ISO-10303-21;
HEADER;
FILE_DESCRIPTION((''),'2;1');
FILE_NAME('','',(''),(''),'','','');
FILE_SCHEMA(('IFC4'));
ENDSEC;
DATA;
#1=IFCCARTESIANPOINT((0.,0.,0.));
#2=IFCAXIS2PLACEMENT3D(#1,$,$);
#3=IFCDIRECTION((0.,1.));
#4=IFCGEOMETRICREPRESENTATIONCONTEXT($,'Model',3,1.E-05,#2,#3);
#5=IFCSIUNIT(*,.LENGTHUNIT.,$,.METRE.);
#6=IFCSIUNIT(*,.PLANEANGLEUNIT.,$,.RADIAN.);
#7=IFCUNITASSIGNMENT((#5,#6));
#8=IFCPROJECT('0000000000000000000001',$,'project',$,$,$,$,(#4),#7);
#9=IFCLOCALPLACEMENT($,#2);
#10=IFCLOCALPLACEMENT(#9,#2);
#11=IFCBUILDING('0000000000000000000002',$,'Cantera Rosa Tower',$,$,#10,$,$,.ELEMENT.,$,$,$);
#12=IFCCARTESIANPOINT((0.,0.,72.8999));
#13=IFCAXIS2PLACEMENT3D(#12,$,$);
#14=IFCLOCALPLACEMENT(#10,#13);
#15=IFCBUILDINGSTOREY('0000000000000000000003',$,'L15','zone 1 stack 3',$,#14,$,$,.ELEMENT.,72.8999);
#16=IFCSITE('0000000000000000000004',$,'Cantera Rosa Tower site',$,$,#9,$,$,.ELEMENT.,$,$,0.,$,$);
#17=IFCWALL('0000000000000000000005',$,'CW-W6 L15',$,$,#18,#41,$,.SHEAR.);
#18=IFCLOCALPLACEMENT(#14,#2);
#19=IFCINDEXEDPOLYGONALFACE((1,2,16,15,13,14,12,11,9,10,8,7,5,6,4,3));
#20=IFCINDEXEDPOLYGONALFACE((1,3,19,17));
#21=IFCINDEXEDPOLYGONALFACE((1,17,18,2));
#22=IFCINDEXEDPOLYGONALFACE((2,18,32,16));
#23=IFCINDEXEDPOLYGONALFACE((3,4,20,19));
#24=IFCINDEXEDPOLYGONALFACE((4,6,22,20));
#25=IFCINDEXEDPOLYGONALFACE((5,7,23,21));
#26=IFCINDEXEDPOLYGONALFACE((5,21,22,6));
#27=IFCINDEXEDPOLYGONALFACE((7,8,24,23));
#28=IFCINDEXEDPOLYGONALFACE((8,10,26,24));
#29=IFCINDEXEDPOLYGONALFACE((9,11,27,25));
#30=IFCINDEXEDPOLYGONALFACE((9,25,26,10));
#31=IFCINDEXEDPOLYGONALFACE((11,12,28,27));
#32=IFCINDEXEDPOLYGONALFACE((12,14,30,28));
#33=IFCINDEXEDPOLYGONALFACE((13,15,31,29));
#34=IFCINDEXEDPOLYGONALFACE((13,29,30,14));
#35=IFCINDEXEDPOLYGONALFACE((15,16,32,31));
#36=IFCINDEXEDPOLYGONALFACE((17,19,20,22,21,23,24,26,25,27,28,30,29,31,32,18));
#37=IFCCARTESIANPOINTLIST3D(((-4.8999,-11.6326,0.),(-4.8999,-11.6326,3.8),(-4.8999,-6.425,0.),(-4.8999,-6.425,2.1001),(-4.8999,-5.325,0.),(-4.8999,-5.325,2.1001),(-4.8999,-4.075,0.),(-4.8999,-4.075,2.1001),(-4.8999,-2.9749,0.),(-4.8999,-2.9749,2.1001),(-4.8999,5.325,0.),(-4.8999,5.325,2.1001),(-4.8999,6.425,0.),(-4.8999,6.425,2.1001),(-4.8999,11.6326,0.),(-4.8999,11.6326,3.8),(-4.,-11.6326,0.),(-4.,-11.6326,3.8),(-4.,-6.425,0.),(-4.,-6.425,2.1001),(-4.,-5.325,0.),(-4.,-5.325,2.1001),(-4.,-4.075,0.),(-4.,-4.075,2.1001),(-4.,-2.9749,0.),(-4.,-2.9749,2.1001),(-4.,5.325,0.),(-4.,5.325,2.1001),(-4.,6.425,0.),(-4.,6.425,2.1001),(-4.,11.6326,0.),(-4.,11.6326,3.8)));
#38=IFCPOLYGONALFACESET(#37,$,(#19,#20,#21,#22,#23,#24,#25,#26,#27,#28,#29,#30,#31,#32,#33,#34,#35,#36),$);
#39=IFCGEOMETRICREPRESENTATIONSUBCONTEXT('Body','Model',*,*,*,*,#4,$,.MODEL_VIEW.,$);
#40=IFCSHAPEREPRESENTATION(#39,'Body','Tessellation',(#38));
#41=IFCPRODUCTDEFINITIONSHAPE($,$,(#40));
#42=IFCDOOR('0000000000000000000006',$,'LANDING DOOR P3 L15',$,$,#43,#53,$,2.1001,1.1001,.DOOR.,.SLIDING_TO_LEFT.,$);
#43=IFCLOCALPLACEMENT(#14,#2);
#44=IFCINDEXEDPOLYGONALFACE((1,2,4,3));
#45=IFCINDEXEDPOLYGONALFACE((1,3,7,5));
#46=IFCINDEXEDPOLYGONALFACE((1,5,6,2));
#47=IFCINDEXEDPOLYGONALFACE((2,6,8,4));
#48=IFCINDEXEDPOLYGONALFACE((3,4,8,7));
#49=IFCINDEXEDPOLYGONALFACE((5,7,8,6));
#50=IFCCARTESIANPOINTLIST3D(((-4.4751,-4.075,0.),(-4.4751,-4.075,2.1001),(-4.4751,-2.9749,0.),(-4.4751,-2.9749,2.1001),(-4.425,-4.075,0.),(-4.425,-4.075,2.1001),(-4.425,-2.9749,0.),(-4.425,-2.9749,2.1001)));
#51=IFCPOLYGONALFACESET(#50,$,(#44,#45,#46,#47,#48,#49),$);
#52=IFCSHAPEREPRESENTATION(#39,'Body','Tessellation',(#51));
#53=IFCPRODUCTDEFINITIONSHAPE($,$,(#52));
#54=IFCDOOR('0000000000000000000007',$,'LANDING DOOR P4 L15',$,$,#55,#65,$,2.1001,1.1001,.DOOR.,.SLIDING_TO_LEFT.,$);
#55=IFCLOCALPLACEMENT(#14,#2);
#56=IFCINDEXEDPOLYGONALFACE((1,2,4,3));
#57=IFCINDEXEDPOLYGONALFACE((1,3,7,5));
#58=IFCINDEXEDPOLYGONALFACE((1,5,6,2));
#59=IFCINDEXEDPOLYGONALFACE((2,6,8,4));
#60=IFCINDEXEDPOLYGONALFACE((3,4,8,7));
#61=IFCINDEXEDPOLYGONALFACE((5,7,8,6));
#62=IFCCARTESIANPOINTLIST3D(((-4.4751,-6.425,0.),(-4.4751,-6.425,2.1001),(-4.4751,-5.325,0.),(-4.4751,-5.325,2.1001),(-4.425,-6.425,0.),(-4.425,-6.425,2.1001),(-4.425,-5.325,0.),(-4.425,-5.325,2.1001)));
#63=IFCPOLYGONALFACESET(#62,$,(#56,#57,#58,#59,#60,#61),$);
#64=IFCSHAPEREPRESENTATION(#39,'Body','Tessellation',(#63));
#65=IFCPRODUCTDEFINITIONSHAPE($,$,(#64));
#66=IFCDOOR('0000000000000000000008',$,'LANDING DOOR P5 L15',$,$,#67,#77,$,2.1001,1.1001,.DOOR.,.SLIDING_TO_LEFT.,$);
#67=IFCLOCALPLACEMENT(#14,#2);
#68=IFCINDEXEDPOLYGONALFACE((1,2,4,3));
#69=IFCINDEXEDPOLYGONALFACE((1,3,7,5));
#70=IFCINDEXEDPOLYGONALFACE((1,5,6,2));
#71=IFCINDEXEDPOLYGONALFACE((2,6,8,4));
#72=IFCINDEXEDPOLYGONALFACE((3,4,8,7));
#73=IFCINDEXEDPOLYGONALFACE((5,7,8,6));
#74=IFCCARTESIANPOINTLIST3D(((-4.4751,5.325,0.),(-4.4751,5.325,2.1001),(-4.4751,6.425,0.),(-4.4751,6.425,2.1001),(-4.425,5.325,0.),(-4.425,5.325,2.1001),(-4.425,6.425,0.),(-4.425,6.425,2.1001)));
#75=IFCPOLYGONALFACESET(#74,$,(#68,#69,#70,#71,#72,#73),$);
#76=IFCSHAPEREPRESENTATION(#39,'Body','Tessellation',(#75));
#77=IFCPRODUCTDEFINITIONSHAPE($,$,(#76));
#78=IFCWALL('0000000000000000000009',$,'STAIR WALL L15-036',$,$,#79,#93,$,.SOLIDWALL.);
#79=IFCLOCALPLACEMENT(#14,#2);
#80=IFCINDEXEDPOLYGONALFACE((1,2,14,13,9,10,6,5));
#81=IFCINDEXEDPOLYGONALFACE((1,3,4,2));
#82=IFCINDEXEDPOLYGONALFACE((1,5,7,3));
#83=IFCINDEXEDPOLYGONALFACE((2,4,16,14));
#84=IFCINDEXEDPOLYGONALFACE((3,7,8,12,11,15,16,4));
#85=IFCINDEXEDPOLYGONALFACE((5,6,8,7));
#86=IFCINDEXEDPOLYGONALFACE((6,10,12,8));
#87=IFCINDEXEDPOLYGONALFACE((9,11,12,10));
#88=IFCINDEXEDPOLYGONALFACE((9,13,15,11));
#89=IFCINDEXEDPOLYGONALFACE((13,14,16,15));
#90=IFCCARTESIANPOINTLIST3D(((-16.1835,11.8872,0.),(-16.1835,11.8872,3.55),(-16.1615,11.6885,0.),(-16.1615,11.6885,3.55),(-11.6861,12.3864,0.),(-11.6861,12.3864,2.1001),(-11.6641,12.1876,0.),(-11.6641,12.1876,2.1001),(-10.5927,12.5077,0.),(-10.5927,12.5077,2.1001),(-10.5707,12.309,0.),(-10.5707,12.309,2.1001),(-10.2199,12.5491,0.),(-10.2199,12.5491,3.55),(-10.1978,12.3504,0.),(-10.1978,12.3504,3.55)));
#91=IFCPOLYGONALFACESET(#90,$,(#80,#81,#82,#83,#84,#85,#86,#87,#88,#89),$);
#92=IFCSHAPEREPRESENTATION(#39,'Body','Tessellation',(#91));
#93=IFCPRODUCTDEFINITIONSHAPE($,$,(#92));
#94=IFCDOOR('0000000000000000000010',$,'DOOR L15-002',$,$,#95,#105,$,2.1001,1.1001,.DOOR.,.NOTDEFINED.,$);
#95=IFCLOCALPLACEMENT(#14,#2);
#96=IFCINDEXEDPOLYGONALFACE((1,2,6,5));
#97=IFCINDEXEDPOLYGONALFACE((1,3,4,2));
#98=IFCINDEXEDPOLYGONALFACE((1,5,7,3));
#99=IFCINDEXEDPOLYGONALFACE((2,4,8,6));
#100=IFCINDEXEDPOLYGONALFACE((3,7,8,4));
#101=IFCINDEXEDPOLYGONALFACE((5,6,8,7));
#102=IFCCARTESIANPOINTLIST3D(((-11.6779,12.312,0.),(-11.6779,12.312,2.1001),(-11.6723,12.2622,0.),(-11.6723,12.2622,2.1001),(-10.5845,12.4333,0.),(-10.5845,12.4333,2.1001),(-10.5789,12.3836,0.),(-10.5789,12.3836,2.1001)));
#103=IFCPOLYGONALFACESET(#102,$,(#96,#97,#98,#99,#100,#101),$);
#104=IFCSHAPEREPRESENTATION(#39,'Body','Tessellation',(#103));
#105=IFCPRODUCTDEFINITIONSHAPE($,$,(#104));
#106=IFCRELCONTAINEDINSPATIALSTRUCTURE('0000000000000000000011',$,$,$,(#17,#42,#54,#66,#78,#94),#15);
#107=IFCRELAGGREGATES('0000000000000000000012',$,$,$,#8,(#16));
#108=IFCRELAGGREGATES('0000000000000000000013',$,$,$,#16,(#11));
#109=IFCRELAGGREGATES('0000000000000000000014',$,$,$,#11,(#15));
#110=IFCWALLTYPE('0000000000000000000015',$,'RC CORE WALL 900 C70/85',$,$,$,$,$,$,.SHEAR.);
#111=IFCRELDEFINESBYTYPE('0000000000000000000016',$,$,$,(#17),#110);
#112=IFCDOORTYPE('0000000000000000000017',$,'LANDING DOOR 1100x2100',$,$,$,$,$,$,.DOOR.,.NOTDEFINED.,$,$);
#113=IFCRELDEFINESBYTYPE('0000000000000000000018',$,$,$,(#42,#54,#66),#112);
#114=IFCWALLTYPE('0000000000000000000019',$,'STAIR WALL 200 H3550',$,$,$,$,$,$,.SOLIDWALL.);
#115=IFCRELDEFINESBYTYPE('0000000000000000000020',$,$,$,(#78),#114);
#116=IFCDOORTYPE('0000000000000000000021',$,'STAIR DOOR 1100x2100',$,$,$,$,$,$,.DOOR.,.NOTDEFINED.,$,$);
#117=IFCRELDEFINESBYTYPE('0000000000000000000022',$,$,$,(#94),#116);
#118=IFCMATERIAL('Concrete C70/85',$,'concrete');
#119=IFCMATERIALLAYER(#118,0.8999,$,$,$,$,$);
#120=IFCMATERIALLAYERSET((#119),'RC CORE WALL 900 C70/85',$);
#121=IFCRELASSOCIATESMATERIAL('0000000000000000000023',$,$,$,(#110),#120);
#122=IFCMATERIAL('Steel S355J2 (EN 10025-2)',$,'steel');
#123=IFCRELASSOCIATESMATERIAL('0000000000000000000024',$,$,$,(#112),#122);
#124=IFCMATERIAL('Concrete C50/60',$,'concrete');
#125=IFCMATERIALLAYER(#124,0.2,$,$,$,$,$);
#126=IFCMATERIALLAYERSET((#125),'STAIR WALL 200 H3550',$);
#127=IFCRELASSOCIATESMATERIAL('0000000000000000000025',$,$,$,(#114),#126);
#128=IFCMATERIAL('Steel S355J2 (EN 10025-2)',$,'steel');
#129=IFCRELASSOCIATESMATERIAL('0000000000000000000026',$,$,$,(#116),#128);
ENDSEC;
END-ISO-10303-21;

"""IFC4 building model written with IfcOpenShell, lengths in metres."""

from ifc_helpers import new_model, si_unit, direction, frame, frame_2d, origin, place, context, subcontext, project, spatial, rectangle, extrude, material, layer, layer_set, type_object, element, fill, save


model = new_model("IFC4")

# Units and contexts
model_context = context("Model", 3, precision=1e-05, world=origin(), true_north=direction((0.0, 1.0)))
body_context = subcontext(model_context, "Body", "Model", "MODEL_VIEW")
ifc_project = project(units=[si_unit("LENGTHUNIT", "METRE"), si_unit("PLANEANGLEUNIT", "RADIAN")], contexts=[model_context])

# Site, building, storey
site_placement = place(None, origin())
site = spatial("IfcSite", under=ifc_project, at=site_placement, Name="Cantera Rosa Tower site", CompositionType="ELEMENT", RefElevation=0.0)
building_placement = place(site_placement, origin())
building = spatial("IfcBuilding", under=site, at=building_placement, Name="Cantera Rosa Tower", CompositionType="ELEMENT")
storey_placement = place(building_placement, frame((0.0, 0.0, 72.8999)))
storey = spatial("IfcBuildingStorey", under=building, at=storey_placement, Name="L15", Description="zone 1 stack 3", CompositionType="ELEMENT", Elevation=72.8999)

# Wall, openings, doors
ifc_material_1 = material(Name="Concrete C70/85", Category="concrete")
ifc_layer_1 = layer(ifc_material_1, 0.8999)
ifc_layer_set_1 = layer_set([ifc_layer_1], Name="RC CORE WALL 900 C70/85")
wall_type_1 = type_object("IfcWallType", Name="RC CORE WALL 900 C70/85", PredefinedType="SHEAR", material=ifc_layer_set_1)
wall_1_placement = place(storey_placement, frame((-4.45, 11.6326, 0.0), z_axis=(0.0, 0.0, 1.0), x_axis=(0.0, -1.0, 0.0)))
wall_1 = element("IfcWall", 1, at=wall_1_placement, inside=storey, type_object=wall_type_1, Name="CW-W6 L15", PredefinedType="SHEAR", context=body_context, shape_type="SweptSolid", body=[
    extrude(rectangle(XDim=23.2651, YDim=0.8999, at=frame_2d((11.6326, 0.0))), origin(), (0.0, 0.0, 1.0), 3.8),
])
opening_1_placement = place(wall_1_placement, frame((14.6074, 0.0, 0.0)))
opening_1 = element("IfcOpeningElement", 2, at=opening_1_placement, cuts=wall_1, PredefinedType="OPENING", context=body_context, shape_type="SweptSolid", body=[
    extrude(rectangle(XDim=1.1001, YDim=2.1001, at=frame_2d((0.55, 1.05))), frame((0.0, 0.46, 0.0), z_axis=(0.0, -1.0, 0.0), x_axis=(1.0, 0.0, 0.0)), (0.0, 0.0, 1.0), 0.9199),
])
opening_2_placement = place(wall_1_placement, frame((16.9575, 0.0, 0.0)))
opening_2 = element("IfcOpeningElement", 3, at=opening_2_placement, cuts=wall_1, PredefinedType="OPENING", context=body_context, shape_type="SweptSolid", body=[
    extrude(rectangle(XDim=1.1001, YDim=2.1001, at=frame_2d((0.55, 1.05))), frame((0.0, 0.46, 0.0), z_axis=(0.0, -1.0, 0.0), x_axis=(1.0, 0.0, 0.0)), (0.0, 0.0, 1.0), 0.9199),
])
opening_3_placement = place(wall_1_placement, frame((5.2075, 0.0, 0.0)))
opening_3 = element("IfcOpeningElement", 4, at=opening_3_placement, cuts=wall_1, PredefinedType="OPENING", context=body_context, shape_type="SweptSolid", body=[
    extrude(rectangle(XDim=1.1001, YDim=2.1001, at=frame_2d((0.55, 1.05))), frame((0.0, 0.46, 0.0), z_axis=(0.0, -1.0, 0.0), x_axis=(1.0, 0.0, 0.0)), (0.0, 0.0, 1.0), 0.9199),
])
ifc_material_2 = material(Name="Steel S355J2 (EN 10025-2)", Category="steel")
door_type_1 = type_object("IfcDoorType", Name="LANDING DOOR 1100x2100", OperationType="NOTDEFINED", PredefinedType="DOOR", material=ifc_material_2)
door_1_placement = place(opening_1_placement, origin())
door_1 = element("IfcDoor", 5, at=door_1_placement, inside=storey, type_object=door_type_1, Name="LANDING DOOR P3 L15", OperationType="SLIDING_TO_LEFT", OverallHeight=2.1001, OverallWidth=1.1001, PredefinedType="DOOR", context=body_context, shape_type="SweptSolid", body=[
    extrude(rectangle(XDim=1.1001, YDim=2.1001, at=frame_2d((0.55, 1.05))), frame((0.0, 0.0249, 0.0), z_axis=(0.0, -1.0, 0.0), x_axis=(1.0, 0.0, 0.0)), (0.0, 0.0, 1.0), 0.05),
])
fill(opening_1, door_1)
door_2_placement = place(opening_2_placement, origin())
door_2 = element("IfcDoor", 6, at=door_2_placement, inside=storey, type_object=door_type_1, Name="LANDING DOOR P4 L15", OperationType="SLIDING_TO_LEFT", OverallHeight=2.1001, OverallWidth=1.1001, PredefinedType="DOOR", context=body_context, shape_type="SweptSolid", body=[
    extrude(rectangle(XDim=1.1001, YDim=2.1001, at=frame_2d((0.55, 1.05))), frame((0.0, 0.0249, 0.0), z_axis=(0.0, -1.0, 0.0), x_axis=(1.0, 0.0, 0.0)), (0.0, 0.0, 1.0), 0.05),
])
fill(opening_2, door_2)
door_3_placement = place(opening_3_placement, origin())
door_3 = element("IfcDoor", 7, at=door_3_placement, inside=storey, type_object=door_type_1, Name="LANDING DOOR P5 L15", OperationType="SLIDING_TO_LEFT", OverallHeight=2.1001, OverallWidth=1.1001, PredefinedType="DOOR", context=body_context, shape_type="SweptSolid", body=[
    extrude(rectangle(XDim=1.1001, YDim=2.1001, at=frame_2d((0.55, 1.05))), frame((0.0, 0.0249, 0.0), z_axis=(0.0, -1.0, 0.0), x_axis=(1.0, 0.0, 0.0)), (0.0, 0.0, 1.0), 0.05),
])
fill(opening_3, door_3)

# Wall, opening, door
ifc_material_3 = material(Name="Concrete C50/60", Category="concrete")
ifc_layer_2 = layer(ifc_material_3, 0.2)
ifc_layer_set_2 = layer_set([ifc_layer_2], Name="STAIR WALL 200 H3550")
wall_type_2 = type_object("IfcWallType", Name="STAIR WALL 200 H3550", PredefinedType="SOLIDWALL", material=ifc_layer_set_2)
wall_2_placement = place(storey_placement, frame((-10.209, 12.4497, 0.0), z_axis=(0.0, 0.0, 1.0), x_axis=(-0.993898, -0.110306, 0.0)))
wall_2 = element("IfcWall", 8, at=wall_2_placement, inside=storey, type_object=wall_type_2, Name="STAIR WALL L15-036", PredefinedType="SOLIDWALL", context=body_context, shape_type="SweptSolid", body=[
    extrude(rectangle(XDim=6.0002, YDim=0.2, at=frame_2d((3.0, 0.0))), origin(), (0.0, 0.0, 1.0), 3.55),
])
opening_4_placement = place(wall_2_placement, frame((0.375, 0.0, 0.0)))
opening_4 = element("IfcOpeningElement", 9, at=opening_4_placement, cuts=wall_2, PredefinedType="OPENING", context=body_context, shape_type="SweptSolid", body=[
    extrude(rectangle(XDim=1.1001, YDim=2.1001, at=frame_2d((0.55, 1.05))), frame((0.0, 0.1099, 0.0), z_axis=(0.0, -1.0, 0.0), x_axis=(1.0, 0.0, 0.0)), (0.0, 0.0, 1.0), 0.22),
])
ifc_material_4 = material(Name="Steel S355J2 (EN 10025-2)", Category="steel")
door_type_2 = type_object("IfcDoorType", Name="STAIR DOOR 1100x2100", OperationType="NOTDEFINED", PredefinedType="DOOR", material=ifc_material_4)
door_4_placement = place(opening_4_placement, origin())
door_4 = element("IfcDoor", 10, at=door_4_placement, inside=storey, type_object=door_type_2, Name="DOOR L15-002", OperationType="NOTDEFINED", OverallHeight=2.1001, OverallWidth=1.1001, PredefinedType="DOOR", context=body_context, shape_type="SweptSolid", body=[
    extrude(rectangle(XDim=1.1001, YDim=2.1001, at=frame_2d((0.55, 1.05))), frame((0.0, 0.0249, 0.0), z_axis=(0.0, -1.0, 0.0), x_axis=(1.0, 0.0, 0.0)), (0.0, 0.0, 1.0), 0.05),
])
fill(opening_4, door_4)

save(model, "model.ifc")
